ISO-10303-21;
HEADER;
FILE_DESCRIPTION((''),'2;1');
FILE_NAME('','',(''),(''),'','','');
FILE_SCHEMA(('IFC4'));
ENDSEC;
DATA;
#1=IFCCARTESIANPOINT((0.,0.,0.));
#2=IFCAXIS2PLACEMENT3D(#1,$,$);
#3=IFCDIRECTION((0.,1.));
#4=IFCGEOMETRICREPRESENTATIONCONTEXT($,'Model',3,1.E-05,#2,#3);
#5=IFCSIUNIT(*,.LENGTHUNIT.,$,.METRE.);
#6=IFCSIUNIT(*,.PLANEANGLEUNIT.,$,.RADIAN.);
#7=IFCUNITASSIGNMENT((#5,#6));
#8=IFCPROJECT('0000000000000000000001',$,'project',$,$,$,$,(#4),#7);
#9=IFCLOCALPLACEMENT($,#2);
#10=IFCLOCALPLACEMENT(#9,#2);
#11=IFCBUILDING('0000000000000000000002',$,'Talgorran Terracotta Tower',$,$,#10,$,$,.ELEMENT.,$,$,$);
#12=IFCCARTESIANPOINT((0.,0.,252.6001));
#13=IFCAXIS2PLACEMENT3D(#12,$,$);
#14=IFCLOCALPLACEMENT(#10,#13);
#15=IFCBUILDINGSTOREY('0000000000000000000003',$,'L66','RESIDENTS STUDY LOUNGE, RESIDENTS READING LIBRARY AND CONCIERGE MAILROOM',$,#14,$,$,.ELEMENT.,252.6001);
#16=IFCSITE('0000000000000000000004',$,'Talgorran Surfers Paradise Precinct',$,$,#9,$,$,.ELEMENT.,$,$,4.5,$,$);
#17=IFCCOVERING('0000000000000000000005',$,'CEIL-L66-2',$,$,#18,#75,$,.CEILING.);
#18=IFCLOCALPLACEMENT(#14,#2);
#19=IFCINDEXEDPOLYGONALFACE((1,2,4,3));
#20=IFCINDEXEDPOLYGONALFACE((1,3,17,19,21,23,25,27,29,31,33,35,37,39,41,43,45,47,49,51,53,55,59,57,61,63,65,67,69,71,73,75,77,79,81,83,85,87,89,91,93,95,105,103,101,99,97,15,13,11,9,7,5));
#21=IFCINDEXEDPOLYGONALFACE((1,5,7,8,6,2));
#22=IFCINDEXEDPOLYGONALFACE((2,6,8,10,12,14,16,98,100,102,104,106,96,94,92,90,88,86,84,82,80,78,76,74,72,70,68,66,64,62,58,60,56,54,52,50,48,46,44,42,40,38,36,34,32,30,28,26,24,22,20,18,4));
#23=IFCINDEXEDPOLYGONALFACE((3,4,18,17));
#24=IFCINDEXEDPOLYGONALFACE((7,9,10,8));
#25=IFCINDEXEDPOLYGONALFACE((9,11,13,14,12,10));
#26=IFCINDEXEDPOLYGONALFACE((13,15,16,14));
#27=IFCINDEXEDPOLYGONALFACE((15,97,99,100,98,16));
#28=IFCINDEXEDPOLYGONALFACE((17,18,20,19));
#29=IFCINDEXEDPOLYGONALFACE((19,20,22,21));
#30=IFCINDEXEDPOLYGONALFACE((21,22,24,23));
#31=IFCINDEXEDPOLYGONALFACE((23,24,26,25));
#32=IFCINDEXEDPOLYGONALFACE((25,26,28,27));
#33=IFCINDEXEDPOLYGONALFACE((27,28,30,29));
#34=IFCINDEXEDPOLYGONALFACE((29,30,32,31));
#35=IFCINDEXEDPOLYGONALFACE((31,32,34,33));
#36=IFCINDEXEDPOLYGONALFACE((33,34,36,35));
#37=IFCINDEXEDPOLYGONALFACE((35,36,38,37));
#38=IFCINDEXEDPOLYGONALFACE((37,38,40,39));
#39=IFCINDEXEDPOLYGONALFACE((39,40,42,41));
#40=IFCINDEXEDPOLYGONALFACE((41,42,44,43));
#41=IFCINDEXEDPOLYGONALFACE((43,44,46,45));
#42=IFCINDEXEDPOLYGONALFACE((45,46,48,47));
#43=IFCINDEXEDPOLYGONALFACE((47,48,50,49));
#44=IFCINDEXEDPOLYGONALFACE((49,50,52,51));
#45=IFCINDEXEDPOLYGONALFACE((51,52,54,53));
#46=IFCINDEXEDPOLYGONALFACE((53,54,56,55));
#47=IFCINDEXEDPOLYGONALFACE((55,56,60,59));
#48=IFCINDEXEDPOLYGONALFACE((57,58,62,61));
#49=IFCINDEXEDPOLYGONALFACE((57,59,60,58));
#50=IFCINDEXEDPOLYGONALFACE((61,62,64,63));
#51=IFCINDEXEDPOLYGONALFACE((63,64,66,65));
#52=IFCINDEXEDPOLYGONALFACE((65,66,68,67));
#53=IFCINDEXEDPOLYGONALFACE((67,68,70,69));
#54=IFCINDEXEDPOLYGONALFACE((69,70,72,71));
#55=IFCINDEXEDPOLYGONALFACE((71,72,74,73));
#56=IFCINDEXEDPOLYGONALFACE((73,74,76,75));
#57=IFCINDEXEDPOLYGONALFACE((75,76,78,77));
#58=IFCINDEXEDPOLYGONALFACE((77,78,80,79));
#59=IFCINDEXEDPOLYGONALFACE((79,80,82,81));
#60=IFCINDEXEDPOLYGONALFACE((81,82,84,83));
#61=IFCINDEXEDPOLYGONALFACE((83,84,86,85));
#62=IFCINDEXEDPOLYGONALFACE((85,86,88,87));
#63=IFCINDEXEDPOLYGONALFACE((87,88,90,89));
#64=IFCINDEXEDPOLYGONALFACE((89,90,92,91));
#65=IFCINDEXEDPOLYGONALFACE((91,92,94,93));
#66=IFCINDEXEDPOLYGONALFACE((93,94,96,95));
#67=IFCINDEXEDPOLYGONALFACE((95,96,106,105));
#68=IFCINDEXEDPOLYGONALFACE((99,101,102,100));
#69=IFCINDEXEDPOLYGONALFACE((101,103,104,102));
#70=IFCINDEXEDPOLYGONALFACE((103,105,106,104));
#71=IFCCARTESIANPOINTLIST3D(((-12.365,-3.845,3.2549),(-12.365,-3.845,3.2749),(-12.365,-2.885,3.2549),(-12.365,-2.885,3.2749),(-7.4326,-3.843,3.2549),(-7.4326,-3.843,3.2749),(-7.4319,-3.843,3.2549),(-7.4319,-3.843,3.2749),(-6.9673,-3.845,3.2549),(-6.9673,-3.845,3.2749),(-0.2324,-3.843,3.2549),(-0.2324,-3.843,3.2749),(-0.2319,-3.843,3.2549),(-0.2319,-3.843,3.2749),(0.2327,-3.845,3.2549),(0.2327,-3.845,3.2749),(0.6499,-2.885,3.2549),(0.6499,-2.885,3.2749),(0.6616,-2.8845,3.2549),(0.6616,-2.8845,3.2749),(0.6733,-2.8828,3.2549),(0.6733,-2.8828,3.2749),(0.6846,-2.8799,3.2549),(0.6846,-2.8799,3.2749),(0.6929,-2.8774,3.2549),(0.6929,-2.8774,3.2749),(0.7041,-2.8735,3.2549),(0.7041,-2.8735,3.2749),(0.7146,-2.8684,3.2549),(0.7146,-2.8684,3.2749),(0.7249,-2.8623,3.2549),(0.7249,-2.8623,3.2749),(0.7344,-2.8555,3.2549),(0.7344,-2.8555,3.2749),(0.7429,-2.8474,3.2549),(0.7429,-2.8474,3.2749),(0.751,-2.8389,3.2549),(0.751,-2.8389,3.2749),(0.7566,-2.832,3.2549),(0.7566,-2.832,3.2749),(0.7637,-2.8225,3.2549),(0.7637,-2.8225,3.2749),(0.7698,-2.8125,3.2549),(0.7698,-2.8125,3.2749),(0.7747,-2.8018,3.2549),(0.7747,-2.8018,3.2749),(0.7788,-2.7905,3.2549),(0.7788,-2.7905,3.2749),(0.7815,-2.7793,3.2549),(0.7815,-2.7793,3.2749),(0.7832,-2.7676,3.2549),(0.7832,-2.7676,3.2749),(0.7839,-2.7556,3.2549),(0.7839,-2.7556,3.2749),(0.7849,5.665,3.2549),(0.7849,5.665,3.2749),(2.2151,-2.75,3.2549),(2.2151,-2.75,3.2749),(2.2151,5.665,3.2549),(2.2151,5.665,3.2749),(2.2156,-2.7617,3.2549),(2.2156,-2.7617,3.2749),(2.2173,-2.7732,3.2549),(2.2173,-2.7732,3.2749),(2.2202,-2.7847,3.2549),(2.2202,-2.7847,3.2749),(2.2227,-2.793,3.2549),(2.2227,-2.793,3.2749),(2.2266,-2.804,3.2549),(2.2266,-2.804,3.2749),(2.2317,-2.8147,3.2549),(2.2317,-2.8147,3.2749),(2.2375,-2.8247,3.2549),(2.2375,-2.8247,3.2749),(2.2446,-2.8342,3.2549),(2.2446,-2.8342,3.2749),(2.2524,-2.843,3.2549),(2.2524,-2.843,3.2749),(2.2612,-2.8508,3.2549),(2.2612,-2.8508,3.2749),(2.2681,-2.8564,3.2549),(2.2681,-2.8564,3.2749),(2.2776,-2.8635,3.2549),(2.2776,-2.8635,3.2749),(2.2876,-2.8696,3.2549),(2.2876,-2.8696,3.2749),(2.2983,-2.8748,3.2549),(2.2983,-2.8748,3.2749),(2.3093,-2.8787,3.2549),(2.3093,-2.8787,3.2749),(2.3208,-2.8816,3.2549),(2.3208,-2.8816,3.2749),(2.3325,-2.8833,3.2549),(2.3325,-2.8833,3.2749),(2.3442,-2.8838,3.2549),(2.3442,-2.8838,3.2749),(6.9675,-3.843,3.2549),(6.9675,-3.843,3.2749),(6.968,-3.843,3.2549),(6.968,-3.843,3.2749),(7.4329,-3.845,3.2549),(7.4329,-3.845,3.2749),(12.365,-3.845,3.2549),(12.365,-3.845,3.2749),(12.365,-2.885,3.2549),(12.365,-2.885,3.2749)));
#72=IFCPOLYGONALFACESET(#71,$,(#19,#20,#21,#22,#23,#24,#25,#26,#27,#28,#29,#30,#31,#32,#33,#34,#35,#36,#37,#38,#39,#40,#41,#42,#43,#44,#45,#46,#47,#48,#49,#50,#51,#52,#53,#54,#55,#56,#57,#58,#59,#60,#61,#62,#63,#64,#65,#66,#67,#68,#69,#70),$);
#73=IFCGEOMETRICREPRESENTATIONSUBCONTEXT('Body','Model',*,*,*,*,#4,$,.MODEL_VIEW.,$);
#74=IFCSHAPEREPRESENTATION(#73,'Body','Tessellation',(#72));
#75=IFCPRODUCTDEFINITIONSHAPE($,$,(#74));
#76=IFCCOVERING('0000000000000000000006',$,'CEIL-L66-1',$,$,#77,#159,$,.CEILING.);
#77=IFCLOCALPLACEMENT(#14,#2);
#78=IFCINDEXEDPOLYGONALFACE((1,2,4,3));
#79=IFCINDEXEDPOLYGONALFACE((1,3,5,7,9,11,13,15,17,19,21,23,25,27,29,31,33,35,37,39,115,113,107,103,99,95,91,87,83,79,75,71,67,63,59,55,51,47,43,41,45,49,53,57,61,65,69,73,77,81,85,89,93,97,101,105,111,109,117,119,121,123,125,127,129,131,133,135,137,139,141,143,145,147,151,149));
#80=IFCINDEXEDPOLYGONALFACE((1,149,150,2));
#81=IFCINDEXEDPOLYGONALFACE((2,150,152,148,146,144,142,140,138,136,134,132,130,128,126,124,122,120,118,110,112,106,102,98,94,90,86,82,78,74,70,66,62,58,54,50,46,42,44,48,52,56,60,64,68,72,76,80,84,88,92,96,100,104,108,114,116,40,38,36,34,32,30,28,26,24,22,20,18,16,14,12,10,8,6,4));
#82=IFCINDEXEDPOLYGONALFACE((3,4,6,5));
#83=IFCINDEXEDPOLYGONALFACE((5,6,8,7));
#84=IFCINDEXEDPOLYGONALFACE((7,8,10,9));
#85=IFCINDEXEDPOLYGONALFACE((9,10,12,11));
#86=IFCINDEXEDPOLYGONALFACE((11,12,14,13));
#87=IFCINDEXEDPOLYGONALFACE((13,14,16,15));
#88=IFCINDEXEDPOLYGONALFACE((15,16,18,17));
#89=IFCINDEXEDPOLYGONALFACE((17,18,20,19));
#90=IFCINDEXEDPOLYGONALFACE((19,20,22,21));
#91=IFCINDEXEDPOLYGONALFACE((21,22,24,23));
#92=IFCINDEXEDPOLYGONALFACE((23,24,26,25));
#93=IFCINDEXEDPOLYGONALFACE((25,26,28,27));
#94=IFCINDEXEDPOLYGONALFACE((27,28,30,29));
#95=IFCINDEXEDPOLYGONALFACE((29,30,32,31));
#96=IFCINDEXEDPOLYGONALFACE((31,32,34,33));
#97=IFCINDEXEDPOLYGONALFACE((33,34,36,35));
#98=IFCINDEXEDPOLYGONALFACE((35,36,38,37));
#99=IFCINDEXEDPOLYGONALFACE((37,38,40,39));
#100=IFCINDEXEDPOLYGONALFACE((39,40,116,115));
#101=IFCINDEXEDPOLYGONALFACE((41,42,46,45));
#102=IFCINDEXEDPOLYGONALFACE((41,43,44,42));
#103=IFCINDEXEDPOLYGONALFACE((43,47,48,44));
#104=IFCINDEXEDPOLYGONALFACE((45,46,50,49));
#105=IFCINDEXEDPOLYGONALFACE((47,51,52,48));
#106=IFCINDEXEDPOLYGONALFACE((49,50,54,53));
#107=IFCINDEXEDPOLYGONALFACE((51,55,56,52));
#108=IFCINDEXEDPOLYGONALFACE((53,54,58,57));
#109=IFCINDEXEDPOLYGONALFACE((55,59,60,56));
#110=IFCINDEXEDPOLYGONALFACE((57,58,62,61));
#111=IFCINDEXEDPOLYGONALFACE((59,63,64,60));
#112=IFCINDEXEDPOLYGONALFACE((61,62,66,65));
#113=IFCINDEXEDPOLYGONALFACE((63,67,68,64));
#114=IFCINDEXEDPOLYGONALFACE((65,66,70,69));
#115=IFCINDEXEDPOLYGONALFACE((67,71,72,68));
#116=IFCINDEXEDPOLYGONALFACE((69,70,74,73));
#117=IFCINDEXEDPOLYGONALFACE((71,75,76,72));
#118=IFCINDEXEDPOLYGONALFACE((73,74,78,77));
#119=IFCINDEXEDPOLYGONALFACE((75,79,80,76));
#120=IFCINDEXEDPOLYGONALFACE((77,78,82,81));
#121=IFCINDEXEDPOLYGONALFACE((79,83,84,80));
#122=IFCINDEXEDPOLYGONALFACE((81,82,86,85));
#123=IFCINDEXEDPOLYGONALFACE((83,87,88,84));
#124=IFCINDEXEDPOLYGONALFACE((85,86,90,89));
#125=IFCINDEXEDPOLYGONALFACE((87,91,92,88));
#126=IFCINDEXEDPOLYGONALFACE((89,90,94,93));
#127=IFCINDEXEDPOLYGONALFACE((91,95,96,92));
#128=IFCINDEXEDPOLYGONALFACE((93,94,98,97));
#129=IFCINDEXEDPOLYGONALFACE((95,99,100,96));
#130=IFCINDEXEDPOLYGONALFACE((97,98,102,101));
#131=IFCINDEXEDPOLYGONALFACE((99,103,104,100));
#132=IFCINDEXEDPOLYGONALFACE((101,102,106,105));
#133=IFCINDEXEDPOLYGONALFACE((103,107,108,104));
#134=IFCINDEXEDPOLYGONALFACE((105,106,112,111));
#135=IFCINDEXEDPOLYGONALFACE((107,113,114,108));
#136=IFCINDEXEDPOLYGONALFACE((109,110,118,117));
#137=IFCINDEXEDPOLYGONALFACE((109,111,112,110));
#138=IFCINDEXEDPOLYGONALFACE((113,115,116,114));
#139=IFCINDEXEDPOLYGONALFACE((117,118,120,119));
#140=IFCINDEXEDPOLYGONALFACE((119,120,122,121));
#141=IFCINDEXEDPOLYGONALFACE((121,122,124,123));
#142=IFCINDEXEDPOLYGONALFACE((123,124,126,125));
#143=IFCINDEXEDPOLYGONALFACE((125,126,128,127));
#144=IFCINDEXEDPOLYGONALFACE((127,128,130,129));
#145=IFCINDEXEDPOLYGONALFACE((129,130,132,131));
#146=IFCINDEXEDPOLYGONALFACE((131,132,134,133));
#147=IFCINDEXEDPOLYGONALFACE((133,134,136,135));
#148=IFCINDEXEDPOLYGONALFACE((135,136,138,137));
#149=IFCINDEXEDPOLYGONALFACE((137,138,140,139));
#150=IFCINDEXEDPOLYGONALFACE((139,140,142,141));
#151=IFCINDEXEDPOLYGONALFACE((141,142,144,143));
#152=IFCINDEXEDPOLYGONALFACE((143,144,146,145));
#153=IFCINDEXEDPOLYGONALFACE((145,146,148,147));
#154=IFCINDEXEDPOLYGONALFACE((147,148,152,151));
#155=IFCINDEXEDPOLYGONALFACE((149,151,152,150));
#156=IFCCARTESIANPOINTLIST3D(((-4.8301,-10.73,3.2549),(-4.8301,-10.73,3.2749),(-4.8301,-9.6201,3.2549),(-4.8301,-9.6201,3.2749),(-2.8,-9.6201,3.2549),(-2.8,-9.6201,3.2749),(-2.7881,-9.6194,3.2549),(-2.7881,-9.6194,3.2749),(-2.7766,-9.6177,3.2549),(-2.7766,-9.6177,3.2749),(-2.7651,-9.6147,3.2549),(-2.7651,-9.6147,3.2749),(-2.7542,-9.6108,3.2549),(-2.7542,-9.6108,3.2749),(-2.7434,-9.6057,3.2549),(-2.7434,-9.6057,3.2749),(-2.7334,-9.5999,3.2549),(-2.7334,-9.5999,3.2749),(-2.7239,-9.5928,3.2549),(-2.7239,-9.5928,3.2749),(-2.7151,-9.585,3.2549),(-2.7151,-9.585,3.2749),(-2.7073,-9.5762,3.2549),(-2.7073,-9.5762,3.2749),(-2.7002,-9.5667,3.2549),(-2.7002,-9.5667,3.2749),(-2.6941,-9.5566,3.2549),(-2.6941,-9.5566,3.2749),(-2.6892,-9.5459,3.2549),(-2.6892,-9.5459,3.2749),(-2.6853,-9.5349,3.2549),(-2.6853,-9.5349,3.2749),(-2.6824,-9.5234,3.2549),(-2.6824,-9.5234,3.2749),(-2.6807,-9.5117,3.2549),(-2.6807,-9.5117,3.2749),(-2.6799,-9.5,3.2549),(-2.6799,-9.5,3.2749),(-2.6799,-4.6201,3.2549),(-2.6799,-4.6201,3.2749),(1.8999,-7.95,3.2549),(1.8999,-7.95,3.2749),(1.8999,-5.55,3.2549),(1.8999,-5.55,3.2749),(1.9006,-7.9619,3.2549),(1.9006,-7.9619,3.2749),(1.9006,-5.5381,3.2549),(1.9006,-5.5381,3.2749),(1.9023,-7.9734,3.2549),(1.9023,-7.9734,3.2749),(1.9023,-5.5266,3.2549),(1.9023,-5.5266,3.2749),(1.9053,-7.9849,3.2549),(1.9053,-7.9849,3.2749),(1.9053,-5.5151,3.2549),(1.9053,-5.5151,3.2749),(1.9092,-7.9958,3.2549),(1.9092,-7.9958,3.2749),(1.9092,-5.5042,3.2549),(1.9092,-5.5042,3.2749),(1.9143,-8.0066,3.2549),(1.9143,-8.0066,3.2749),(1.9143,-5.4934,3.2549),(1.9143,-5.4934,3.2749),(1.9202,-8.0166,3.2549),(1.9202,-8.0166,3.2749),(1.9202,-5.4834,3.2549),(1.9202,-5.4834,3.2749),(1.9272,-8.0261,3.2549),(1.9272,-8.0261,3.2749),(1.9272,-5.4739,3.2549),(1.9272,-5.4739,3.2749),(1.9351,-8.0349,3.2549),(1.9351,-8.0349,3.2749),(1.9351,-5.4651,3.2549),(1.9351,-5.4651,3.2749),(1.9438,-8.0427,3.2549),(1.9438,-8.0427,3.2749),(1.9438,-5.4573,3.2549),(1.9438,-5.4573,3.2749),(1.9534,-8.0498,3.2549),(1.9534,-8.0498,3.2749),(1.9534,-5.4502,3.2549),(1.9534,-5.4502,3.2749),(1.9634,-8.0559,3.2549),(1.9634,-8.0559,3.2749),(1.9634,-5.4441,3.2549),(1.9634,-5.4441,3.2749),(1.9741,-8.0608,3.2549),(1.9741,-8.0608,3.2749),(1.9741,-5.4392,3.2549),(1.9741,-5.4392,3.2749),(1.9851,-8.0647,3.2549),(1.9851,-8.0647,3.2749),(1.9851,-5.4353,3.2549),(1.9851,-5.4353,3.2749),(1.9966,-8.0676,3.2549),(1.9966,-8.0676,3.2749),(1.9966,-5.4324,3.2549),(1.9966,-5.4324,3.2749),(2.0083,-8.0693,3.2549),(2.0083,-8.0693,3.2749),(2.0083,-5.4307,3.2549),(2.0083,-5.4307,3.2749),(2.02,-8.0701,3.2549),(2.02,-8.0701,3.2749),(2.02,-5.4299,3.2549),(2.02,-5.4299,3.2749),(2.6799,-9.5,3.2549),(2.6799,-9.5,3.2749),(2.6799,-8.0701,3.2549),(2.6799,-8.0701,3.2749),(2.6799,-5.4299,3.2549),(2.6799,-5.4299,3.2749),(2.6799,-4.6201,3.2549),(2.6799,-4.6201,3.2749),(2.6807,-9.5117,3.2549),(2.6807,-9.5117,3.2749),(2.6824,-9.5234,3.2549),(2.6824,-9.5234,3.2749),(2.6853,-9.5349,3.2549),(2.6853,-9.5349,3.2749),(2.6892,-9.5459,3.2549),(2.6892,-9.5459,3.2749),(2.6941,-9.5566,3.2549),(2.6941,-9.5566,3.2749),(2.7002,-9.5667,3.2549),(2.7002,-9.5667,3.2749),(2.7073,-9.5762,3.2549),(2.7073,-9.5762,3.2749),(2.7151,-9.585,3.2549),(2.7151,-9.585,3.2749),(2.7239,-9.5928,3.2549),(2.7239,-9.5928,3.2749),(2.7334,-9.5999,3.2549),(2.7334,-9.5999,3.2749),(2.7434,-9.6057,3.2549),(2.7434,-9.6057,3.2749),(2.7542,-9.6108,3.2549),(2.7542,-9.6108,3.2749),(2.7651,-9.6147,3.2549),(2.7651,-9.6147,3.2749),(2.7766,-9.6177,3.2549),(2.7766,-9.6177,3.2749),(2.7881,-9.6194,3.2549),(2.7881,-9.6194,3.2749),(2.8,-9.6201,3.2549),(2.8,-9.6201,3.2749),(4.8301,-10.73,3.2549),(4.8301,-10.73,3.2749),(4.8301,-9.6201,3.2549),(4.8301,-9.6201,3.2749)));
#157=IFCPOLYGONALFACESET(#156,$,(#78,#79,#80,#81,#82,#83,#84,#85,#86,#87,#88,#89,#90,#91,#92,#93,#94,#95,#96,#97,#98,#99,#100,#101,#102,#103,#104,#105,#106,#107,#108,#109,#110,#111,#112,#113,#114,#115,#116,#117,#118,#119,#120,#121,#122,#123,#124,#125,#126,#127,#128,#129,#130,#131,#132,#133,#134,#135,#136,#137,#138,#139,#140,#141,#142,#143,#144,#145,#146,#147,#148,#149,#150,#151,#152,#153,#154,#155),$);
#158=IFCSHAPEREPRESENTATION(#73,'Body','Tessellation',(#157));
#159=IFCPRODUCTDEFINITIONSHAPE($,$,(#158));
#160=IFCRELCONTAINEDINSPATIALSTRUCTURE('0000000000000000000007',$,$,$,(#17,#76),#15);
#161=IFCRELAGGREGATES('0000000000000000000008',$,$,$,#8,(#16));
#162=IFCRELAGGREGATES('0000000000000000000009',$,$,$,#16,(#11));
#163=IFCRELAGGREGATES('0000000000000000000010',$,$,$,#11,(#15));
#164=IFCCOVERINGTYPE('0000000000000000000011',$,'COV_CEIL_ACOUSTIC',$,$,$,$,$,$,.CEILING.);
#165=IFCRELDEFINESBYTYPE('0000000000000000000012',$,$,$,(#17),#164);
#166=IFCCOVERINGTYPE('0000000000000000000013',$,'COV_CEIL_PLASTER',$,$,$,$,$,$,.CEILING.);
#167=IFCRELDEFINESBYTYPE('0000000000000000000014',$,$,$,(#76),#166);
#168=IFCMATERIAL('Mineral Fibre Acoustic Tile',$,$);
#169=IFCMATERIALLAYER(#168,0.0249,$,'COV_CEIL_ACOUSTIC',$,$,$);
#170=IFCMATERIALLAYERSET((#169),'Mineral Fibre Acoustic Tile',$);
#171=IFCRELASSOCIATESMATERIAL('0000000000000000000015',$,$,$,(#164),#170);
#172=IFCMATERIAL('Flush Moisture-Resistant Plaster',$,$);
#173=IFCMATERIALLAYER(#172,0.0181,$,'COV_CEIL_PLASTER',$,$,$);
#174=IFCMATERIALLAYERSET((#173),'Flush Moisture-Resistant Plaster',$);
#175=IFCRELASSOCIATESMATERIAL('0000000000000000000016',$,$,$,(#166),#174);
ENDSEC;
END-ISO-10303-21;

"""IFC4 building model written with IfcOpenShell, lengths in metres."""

from ifc_helpers import new_model, si_unit, direction, frame, origin, place, context, subcontext, project, spatial, polyline, outline, extrude, material, layer, layer_set, type_object, element, save


model = new_model("IFC4")

# Units and contexts
model_context = context("Model", 3, precision=1e-05, world=origin(), true_north=direction((0.0, 1.0)))
body_context = subcontext(model_context, "Body", "Model", "MODEL_VIEW")
ifc_project = project(units=[si_unit("LENGTHUNIT", "METRE"), si_unit("PLANEANGLEUNIT", "RADIAN")], contexts=[model_context])

# Site, building, storey
site_placement = place(None, origin())
site = spatial("IfcSite", under=ifc_project, at=site_placement, Name="Talgorran Surfers Paradise Precinct", CompositionType="ELEMENT", RefElevation=4.5)
building_placement = place(site_placement, origin())
building = spatial("IfcBuilding", under=site, at=building_placement, Name="Talgorran Terracotta Tower", CompositionType="ELEMENT")
storey_placement = place(building_placement, frame((0.0, 0.0, 252.6001)))
storey = spatial("IfcBuildingStorey", under=building, at=storey_placement, Name="L66", Description="RESIDENTS STUDY LOUNGE, RESIDENTS READING LIBRARY AND CONCIERGE MAILROOM", CompositionType="ELEMENT", Elevation=252.6001)

# Coverings
ifc_material_1 = material(Name="Mineral Fibre Acoustic Tile")
ifc_layer_1 = layer(ifc_material_1, 0.0249, Name="COV_CEIL_ACOUSTIC")
ifc_layer_set_1 = layer_set([ifc_layer_1], Name="Mineral Fibre Acoustic Tile")
covering_type_1 = type_object("IfcCoveringType", Name="COV_CEIL_ACOUSTIC", PredefinedType="CEILING", material=ifc_layer_set_1)
covering_1_placement = place(storey_placement, frame((0.0, 0.0, 3.2549)))
element("IfcCovering", 1, at=covering_1_placement, inside=storey, type_object=covering_type_1, Name="CEIL-L66-2", PredefinedType="CEILING", context=body_context, shape_type="SweptSolid", body=[
    extrude(outline(polyline([(-12.365, -2.885), (0.6499, -2.885), (0.6616, -2.8845), (0.6733, -2.8828), (0.6846, -2.8799), (0.6929, -2.8774), (0.7041, -2.8735), (0.7146, -2.8684), (0.7249, -2.8623), (0.7344, -2.8555), (0.7429, -2.8474), (0.751, -2.8389), (0.7566, -2.832), (0.7637, -2.8225), (0.7698, -2.8125), (0.7747, -2.8018), (0.7788, -2.7905), (0.7815, -2.7793), (0.7832, -2.7676), (0.7839, -2.7556), (0.7849, 5.665), (2.2151, 5.665), (2.2151, -2.75), (2.2156, -2.7617), (2.2173, -2.7732), (2.2202, -2.7847), (2.2227, -2.793), (2.2266, -2.804), (2.2317, -2.8147), (2.2375, -2.8247), (2.2446, -2.8342), (2.2524, -2.843), (2.2612, -2.8508), (2.2681, -2.8564), (2.2776, -2.8635), (2.2876, -2.8696), (2.2983, -2.8748), (2.3093, -2.8787), (2.3208, -2.8816), (2.3325, -2.8833), (2.3442, -2.8838), (12.365, -2.885), (12.365, -3.845), (7.4329, -3.845), (6.968, -3.843), (6.9675, -3.843), (0.2327, -3.845), (-0.2319, -3.843), (-0.2324, -3.843), (-6.9673, -3.845), (-7.4319, -3.843), (-7.4326, -3.843), (-12.365, -3.845), (-12.365, -2.885)])), origin(), (0.0, 0.0, 1.0), 0.02),
])
ifc_material_2 = material(Name="Flush Moisture-Resistant Plaster")
ifc_layer_2 = layer(ifc_material_2, 0.0181, Name="COV_CEIL_PLASTER")
ifc_layer_set_2 = layer_set([ifc_layer_2], Name="Flush Moisture-Resistant Plaster")
covering_type_2 = type_object("IfcCoveringType", Name="COV_CEIL_PLASTER", PredefinedType="CEILING", material=ifc_layer_set_2)
covering_2_placement = place(storey_placement, frame((0.0, 0.0, 3.2549)))
element("IfcCovering", 2, at=covering_2_placement, inside=storey, type_object=covering_type_2, Name="CEIL-L66-1", PredefinedType="CEILING", context=body_context, shape_type="SweptSolid", body=[
    extrude(outline(polyline([(4.8301, -9.6201), (4.8301, -10.73), (-4.8301, -10.73), (-4.8301, -9.6201), (-2.8, -9.6201), (-2.7881, -9.6194), (-2.7766, -9.6177), (-2.7651, -9.6147), (-2.7542, -9.6108), (-2.7434, -9.6057), (-2.7334, -9.5999), (-2.7239, -9.5928), (-2.7151, -9.585), (-2.7073, -9.5762), (-2.7002, -9.5667), (-2.6941, -9.5566), (-2.6892, -9.5459), (-2.6853, -9.5349), (-2.6824, -9.5234), (-2.6807, -9.5117), (-2.6799, -9.5), (-2.6799, -4.6201), (2.6799, -4.6201), (2.6799, -5.4299), (2.02, -5.4299), (2.0083, -5.4307), (1.9966, -5.4324), (1.9851, -5.4353), (1.9741, -5.4392), (1.9634, -5.4441), (1.9534, -5.4502), (1.9438, -5.4573), (1.9351, -5.4651), (1.9272, -5.4739), (1.9202, -5.4834), (1.9143, -5.4934), (1.9092, -5.5042), (1.9053, -5.5151), (1.9023, -5.5266), (1.9006, -5.5381), (1.8999, -5.55), (1.8999, -7.95), (1.9006, -7.9619), (1.9023, -7.9734), (1.9053, -7.9849), (1.9092, -7.9958), (1.9143, -8.0066), (1.9202, -8.0166), (1.9272, -8.0261), (1.9351, -8.0349), (1.9438, -8.0427), (1.9534, -8.0498), (1.9634, -8.0559), (1.9741, -8.0608), (1.9851, -8.0647), (1.9966, -8.0676), (2.0083, -8.0693), (2.02, -8.0701), (2.6799, -8.0701), (2.6799, -9.5), (2.6807, -9.5117), (2.6824, -9.5234), (2.6853, -9.5349), (2.6892, -9.5459), (2.6941, -9.5566), (2.7002, -9.5667), (2.7073, -9.5762), (2.7151, -9.585), (2.7239, -9.5928), (2.7334, -9.5999), (2.7434, -9.6057), (2.7542, -9.6108), (2.7651, -9.6147), (2.7766, -9.6177), (2.7881, -9.6194), (2.8, -9.6201), (4.8301, -9.6201)])), origin(), (0.0, 0.0, 1.0), 0.02),
])

save(model, "model.ifc")
